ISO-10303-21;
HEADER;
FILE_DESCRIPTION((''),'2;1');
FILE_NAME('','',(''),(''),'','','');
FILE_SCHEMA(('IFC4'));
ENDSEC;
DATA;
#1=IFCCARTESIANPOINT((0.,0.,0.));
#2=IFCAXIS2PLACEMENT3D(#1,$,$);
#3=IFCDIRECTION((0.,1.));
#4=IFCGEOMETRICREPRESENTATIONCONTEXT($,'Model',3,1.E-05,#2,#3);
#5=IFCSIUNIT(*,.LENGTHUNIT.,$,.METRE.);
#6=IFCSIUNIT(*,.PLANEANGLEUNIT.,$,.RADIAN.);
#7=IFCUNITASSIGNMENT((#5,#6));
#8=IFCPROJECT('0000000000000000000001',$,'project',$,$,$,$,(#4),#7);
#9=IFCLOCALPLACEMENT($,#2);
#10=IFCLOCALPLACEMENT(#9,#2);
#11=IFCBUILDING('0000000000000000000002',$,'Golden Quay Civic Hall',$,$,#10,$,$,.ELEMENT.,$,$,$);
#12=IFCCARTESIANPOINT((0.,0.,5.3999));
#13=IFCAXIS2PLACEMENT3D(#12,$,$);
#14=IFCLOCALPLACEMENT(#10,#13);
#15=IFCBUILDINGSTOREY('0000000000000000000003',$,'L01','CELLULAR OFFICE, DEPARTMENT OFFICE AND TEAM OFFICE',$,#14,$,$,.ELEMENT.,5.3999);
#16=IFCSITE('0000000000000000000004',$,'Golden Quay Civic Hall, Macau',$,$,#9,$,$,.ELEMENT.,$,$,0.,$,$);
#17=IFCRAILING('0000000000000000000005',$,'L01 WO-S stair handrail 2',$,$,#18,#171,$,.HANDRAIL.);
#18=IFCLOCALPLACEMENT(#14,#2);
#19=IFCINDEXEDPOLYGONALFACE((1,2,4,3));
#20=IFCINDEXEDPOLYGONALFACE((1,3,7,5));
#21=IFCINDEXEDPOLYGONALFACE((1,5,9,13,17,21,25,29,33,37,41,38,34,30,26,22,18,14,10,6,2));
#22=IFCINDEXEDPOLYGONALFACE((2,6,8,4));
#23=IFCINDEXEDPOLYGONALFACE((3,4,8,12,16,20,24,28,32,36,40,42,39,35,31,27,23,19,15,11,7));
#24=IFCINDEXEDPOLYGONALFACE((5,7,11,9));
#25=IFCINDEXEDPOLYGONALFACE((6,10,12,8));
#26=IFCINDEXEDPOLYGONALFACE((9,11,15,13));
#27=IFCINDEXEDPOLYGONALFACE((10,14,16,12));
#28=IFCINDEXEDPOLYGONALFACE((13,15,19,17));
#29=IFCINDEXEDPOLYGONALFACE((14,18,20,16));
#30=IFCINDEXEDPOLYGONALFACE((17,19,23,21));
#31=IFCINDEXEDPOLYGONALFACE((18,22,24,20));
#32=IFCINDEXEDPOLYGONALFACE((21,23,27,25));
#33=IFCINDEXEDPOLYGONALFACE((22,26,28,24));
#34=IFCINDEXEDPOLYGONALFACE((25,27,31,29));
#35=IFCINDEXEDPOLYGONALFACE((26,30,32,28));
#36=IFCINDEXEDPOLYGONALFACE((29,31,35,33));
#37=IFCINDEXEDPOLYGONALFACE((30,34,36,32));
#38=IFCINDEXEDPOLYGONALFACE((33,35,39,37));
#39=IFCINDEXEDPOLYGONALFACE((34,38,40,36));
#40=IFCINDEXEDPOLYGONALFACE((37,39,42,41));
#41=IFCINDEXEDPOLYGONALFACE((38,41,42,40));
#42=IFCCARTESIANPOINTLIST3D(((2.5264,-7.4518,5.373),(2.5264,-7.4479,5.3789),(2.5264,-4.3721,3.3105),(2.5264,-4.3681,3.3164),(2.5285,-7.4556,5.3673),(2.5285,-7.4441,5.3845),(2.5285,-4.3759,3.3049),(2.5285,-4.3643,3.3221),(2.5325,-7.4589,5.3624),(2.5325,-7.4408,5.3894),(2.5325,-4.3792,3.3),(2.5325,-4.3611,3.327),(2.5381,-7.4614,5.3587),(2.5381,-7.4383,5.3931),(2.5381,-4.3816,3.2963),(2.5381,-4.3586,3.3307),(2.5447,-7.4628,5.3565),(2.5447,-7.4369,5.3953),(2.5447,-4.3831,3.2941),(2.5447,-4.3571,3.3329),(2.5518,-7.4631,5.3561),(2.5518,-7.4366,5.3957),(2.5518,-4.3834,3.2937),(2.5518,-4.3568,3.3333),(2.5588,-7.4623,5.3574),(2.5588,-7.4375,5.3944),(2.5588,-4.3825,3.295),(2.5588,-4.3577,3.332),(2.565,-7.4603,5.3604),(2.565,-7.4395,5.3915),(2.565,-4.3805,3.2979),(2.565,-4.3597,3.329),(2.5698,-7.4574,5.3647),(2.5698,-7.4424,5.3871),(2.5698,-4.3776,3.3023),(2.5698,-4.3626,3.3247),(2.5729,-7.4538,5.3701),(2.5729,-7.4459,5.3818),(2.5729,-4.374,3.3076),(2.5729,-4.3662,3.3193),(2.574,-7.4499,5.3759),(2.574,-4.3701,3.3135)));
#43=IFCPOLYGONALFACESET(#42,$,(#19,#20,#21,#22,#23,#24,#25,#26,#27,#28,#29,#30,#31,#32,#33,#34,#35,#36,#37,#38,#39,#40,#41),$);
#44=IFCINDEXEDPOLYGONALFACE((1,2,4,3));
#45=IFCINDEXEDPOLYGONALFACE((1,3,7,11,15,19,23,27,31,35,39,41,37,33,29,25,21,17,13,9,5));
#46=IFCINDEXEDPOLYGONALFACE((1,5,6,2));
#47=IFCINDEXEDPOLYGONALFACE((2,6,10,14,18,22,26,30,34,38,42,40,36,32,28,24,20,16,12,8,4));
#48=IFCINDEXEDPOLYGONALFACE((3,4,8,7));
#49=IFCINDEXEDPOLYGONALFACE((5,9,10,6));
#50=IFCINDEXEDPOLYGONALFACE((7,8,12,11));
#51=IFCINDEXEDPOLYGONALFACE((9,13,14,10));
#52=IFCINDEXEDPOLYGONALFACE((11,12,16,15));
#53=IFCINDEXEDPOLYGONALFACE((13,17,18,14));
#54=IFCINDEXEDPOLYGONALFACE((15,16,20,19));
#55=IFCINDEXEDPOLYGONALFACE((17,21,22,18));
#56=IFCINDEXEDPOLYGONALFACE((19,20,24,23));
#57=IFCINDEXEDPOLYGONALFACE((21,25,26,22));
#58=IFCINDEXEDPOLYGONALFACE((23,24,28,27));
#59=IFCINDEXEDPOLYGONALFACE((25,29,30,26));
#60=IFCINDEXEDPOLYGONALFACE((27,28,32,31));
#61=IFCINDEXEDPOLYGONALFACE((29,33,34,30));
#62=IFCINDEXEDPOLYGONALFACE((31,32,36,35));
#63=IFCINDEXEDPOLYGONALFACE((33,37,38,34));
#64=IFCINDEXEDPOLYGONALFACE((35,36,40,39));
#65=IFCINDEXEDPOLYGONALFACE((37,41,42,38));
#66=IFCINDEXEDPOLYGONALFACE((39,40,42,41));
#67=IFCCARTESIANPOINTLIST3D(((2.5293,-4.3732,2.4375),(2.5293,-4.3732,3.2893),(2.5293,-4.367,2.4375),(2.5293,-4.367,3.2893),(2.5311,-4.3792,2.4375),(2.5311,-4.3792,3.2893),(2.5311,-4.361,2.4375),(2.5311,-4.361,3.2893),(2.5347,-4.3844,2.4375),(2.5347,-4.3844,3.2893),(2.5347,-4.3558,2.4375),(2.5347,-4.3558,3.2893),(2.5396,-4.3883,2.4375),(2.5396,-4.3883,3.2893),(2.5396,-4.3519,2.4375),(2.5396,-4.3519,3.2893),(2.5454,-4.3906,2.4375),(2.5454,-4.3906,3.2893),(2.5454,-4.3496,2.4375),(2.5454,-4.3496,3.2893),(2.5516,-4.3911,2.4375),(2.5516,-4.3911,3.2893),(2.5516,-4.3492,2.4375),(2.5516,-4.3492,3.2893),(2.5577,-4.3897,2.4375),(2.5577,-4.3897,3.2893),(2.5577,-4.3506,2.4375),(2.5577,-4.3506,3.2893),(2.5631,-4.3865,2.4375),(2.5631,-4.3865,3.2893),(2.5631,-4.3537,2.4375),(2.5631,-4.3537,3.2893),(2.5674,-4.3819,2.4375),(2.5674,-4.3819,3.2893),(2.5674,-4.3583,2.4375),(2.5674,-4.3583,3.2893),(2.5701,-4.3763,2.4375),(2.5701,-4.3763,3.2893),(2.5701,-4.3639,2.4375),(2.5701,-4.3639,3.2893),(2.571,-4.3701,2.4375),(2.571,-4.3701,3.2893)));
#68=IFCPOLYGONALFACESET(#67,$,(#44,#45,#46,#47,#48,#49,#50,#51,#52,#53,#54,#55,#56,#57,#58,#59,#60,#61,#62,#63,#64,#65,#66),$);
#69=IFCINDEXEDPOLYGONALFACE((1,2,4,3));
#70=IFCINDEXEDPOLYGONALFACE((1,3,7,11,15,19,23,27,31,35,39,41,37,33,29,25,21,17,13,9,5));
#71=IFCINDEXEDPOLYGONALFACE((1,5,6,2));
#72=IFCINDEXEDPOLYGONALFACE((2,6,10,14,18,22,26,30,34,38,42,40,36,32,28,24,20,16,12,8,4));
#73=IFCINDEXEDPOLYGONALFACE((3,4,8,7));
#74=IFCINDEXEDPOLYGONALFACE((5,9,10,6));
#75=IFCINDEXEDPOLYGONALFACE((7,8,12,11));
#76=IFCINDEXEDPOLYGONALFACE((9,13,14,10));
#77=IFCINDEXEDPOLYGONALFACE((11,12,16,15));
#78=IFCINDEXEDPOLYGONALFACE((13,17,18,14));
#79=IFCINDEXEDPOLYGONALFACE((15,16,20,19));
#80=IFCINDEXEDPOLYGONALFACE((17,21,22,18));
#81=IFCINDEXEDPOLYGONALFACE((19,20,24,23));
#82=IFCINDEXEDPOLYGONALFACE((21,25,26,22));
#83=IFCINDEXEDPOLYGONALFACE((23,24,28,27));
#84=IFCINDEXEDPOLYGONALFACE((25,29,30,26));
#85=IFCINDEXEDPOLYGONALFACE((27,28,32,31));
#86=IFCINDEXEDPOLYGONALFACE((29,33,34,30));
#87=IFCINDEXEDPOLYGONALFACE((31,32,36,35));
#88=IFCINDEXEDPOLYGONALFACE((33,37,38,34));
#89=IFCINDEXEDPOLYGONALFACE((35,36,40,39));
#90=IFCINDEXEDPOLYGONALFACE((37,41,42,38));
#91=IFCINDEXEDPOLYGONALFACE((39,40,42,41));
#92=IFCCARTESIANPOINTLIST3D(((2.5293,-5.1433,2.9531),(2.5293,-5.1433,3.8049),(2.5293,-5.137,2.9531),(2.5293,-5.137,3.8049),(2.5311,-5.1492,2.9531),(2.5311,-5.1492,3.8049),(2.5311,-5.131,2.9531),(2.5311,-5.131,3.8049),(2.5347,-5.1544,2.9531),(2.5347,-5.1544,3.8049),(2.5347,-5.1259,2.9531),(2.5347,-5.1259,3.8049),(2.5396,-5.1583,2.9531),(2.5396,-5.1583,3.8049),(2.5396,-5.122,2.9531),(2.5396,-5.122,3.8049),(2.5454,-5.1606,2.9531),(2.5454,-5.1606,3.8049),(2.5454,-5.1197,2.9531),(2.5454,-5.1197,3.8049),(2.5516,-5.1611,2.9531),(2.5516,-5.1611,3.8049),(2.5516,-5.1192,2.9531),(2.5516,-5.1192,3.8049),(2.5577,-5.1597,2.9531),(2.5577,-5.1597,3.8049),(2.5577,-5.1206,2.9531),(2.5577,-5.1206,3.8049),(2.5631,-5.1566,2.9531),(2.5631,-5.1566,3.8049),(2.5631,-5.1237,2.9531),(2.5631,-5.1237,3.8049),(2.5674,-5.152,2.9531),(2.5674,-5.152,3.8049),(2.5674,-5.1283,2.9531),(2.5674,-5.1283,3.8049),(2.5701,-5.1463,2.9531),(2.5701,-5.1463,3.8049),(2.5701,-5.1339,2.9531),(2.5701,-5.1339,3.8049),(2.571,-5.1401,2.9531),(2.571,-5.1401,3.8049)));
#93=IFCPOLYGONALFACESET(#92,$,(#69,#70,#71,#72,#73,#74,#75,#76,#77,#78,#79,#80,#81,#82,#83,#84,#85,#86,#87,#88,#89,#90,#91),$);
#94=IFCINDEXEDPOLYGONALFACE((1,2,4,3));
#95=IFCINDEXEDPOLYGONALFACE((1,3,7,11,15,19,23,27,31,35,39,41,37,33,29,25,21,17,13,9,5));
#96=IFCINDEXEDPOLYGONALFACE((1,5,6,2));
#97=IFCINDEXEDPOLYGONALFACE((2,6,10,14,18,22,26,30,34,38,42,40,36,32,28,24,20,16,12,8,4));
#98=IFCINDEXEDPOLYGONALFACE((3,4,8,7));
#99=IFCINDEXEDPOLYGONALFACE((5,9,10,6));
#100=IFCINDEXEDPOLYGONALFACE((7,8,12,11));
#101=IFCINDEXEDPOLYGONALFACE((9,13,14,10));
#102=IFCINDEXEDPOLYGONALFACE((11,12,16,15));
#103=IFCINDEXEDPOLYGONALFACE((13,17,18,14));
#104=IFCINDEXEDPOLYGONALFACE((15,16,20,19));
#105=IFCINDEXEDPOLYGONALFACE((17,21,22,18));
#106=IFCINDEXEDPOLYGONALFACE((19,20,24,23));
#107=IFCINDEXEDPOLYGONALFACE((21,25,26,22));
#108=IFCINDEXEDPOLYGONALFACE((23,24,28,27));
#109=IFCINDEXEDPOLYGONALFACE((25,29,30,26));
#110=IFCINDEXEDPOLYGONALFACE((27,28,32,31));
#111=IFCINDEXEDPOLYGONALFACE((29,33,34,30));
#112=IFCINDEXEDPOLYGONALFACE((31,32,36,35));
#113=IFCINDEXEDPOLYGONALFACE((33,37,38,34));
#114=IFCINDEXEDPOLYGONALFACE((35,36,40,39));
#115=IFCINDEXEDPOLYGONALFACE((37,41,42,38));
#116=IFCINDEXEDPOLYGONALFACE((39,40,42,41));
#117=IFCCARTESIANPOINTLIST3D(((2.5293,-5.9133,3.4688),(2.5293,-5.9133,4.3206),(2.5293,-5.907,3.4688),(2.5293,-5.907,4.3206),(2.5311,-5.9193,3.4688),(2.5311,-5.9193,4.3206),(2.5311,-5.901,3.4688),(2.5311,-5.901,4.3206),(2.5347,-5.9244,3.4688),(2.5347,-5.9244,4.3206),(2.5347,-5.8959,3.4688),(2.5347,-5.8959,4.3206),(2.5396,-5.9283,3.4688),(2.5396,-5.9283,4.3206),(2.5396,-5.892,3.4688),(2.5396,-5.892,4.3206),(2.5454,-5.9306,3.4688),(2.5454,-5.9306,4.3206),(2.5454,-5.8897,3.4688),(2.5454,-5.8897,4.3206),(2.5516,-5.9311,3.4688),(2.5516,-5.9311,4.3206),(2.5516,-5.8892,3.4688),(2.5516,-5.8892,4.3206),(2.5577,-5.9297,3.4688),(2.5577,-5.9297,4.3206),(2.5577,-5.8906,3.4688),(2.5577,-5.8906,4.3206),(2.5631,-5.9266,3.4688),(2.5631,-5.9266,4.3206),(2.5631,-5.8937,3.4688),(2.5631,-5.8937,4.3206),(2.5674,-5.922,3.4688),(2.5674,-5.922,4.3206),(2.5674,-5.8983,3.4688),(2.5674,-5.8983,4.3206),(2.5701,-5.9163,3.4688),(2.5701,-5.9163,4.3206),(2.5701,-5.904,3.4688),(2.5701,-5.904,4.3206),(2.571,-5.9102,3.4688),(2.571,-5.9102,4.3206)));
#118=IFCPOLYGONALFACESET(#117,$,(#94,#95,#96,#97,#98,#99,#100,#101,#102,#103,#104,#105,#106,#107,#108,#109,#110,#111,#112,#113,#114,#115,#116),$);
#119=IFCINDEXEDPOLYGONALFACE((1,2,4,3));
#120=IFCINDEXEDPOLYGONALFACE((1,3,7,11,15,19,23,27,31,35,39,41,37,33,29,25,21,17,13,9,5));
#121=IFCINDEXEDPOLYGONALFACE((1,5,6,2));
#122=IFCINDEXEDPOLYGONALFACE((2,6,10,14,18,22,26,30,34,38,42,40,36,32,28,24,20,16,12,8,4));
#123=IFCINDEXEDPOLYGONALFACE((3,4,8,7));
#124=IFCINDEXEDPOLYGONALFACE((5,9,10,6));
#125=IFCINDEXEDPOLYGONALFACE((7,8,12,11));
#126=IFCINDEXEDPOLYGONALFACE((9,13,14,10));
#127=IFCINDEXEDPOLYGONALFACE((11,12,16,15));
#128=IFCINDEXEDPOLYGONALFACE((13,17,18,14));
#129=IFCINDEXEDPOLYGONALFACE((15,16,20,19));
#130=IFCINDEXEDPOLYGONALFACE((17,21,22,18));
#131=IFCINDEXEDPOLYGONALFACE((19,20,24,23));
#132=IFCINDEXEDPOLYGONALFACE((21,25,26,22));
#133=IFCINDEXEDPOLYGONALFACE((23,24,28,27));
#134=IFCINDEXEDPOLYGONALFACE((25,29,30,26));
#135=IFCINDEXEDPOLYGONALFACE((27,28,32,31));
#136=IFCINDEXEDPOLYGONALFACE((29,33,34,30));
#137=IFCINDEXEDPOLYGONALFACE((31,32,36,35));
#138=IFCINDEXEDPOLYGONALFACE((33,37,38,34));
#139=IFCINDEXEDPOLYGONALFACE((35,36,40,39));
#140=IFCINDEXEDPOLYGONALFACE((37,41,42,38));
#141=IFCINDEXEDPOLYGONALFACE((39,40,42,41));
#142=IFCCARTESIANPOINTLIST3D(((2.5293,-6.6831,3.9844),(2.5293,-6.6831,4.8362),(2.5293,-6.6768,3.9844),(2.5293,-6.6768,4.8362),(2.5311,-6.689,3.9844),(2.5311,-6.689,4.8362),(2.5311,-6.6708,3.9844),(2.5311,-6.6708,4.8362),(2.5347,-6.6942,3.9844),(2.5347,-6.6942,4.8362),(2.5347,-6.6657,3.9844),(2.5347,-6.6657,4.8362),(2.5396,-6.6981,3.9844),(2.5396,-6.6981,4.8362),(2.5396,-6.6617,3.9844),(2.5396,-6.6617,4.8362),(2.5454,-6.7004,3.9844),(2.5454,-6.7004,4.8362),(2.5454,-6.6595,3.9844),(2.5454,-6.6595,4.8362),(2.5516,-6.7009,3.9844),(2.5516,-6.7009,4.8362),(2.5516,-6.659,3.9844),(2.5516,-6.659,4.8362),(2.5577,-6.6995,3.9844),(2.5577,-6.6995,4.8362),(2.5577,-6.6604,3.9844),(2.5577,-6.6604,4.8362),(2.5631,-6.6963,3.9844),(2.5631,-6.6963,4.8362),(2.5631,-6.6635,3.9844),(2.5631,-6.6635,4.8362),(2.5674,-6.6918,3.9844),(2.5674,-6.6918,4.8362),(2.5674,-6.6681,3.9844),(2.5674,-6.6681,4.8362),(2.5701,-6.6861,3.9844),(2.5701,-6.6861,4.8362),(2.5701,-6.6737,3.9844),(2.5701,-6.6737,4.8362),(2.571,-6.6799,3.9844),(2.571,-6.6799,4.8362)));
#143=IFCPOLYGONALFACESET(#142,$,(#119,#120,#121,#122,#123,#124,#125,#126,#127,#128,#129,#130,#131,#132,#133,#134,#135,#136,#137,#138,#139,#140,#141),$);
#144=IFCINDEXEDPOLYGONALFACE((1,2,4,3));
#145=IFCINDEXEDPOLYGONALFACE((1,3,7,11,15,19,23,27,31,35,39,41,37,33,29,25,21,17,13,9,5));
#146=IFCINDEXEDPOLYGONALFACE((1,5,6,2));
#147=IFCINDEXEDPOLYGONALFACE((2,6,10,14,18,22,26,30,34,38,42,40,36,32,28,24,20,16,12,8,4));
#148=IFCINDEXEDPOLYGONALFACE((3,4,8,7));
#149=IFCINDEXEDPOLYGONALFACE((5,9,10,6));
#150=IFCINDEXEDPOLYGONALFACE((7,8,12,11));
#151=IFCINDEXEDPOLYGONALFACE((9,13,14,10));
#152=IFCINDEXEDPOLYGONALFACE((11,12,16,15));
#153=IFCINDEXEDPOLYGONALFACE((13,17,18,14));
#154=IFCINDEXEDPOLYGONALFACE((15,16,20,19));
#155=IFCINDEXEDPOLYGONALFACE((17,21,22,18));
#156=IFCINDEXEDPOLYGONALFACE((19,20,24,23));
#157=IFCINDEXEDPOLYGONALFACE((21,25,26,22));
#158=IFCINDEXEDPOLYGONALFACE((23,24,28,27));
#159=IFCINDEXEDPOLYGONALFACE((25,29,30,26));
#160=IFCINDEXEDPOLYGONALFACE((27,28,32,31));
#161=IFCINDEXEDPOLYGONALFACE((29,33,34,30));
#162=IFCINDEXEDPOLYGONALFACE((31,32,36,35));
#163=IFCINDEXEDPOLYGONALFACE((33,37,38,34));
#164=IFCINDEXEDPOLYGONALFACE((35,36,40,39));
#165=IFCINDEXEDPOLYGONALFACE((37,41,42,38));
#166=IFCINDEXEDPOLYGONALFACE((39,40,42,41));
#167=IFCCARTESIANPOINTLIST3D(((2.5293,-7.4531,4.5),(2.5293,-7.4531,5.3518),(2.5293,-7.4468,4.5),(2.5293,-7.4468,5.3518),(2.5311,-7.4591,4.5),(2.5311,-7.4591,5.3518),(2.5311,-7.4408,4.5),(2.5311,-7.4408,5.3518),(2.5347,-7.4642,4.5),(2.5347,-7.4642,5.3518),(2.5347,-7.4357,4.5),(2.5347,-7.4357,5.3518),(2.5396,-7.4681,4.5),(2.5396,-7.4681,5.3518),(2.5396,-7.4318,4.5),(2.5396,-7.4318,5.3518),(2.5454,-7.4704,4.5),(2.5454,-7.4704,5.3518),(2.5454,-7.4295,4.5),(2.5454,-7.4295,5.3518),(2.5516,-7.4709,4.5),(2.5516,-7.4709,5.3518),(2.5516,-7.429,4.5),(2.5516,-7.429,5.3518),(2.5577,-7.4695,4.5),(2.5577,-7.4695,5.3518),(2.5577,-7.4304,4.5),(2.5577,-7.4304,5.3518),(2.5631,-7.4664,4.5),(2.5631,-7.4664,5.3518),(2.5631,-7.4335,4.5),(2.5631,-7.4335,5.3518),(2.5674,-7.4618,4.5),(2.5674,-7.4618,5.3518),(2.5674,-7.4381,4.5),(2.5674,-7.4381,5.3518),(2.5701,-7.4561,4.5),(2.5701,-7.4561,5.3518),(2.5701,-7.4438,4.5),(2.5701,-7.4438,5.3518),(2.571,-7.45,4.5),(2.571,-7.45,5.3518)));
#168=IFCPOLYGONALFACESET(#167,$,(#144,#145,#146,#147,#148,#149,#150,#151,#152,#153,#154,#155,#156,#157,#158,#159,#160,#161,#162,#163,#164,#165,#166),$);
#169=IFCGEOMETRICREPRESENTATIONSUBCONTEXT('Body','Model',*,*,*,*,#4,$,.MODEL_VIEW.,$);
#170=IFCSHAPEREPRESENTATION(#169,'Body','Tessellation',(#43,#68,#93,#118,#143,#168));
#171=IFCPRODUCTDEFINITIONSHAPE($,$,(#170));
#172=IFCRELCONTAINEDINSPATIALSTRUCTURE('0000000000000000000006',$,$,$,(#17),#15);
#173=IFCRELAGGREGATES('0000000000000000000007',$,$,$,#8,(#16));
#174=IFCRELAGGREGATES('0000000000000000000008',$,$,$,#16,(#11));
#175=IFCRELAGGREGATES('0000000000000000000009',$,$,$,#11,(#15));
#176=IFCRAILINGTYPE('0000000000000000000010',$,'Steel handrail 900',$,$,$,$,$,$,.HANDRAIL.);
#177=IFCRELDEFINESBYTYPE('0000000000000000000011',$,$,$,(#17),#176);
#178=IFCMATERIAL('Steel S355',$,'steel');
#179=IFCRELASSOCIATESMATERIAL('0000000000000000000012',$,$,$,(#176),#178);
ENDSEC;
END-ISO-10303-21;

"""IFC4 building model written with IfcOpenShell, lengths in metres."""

from ifc_helpers import new_model, si_unit, direction, frame, origin, origin_2d, place, context, subcontext, project, spatial, circle, extrude, material, type_object, element, save


model = new_model("IFC4")

# Units and contexts
model_context = context("Model", 3, precision=1e-05, world=origin(), true_north=direction((0.0, 1.0)))
body_context = subcontext(model_context, "Body", "Model", "MODEL_VIEW")
ifc_project = project(units=[si_unit("LENGTHUNIT", "METRE"), si_unit("PLANEANGLEUNIT", "RADIAN")], contexts=[model_context])

# Site, building, storey
site_placement = place(None, origin())
site = spatial("IfcSite", under=ifc_project, at=site_placement, Name="Golden Quay Civic Hall, Macau", CompositionType="ELEMENT", RefElevation=0.0)
building_placement = place(site_placement, origin())
building = spatial("IfcBuilding", under=site, at=building_placement, Name="Golden Quay Civic Hall", CompositionType="ELEMENT")
storey_placement = place(building_placement, frame((0.0, 0.0, 5.3999)))
storey = spatial("IfcBuildingStorey", under=building, at=storey_placement, Name="L01", Description="CELLULAR OFFICE, DEPARTMENT OFFICE AND TEAM OFFICE", CompositionType="ELEMENT", Elevation=5.3999)

# Railing
ifc_material_1 = material(Name="Steel S355", Category="steel")
railing_type_1 = type_object("IfcRailingType", Name="Steel handrail 900", PredefinedType="HANDRAIL", material=ifc_material_1)
railing_1_placement = place(storey_placement, frame((2.55, -4.3701, 2.4375)))
element("IfcRailing", 1, at=railing_1_placement, inside=storey, type_object=railing_type_1, Name="L01 WO-S stair handrail 2", PredefinedType="HANDRAIL", context=body_context, shape_type="SweptSolid", body=[
    extrude(circle(Radius=0.0239, at=origin_2d()), frame((0.0, 0.0, 0.876), z_axis=(0.0, -0.830893, 0.556432), x_axis=(1.0, 0.0, 0.0)), (0.0, 0.0, 1.0), 3.7065),
    extrude(circle(Radius=0.021, at=origin_2d()), origin(), (0.0, 0.0, 1.0), 0.8518),
    extrude(circle(Radius=0.021, at=origin_2d()), frame((0.0, -0.77, 0.5156)), (0.0, 0.0, 1.0), 0.8518),
    extrude(circle(Radius=0.021, at=origin_2d()), frame((0.0, -1.54, 1.0312)), (0.0, 0.0, 1.0), 0.8518),
    extrude(circle(Radius=0.021, at=origin_2d()), frame((0.0, -2.3098, 1.5469)), (0.0, 0.0, 1.0), 0.8518),
    extrude(circle(Radius=0.021, at=origin_2d()), frame((0.0, -3.0798, 2.0625)), (0.0, 0.0, 1.0), 0.8518),
])

save(model, "model.ifc")
